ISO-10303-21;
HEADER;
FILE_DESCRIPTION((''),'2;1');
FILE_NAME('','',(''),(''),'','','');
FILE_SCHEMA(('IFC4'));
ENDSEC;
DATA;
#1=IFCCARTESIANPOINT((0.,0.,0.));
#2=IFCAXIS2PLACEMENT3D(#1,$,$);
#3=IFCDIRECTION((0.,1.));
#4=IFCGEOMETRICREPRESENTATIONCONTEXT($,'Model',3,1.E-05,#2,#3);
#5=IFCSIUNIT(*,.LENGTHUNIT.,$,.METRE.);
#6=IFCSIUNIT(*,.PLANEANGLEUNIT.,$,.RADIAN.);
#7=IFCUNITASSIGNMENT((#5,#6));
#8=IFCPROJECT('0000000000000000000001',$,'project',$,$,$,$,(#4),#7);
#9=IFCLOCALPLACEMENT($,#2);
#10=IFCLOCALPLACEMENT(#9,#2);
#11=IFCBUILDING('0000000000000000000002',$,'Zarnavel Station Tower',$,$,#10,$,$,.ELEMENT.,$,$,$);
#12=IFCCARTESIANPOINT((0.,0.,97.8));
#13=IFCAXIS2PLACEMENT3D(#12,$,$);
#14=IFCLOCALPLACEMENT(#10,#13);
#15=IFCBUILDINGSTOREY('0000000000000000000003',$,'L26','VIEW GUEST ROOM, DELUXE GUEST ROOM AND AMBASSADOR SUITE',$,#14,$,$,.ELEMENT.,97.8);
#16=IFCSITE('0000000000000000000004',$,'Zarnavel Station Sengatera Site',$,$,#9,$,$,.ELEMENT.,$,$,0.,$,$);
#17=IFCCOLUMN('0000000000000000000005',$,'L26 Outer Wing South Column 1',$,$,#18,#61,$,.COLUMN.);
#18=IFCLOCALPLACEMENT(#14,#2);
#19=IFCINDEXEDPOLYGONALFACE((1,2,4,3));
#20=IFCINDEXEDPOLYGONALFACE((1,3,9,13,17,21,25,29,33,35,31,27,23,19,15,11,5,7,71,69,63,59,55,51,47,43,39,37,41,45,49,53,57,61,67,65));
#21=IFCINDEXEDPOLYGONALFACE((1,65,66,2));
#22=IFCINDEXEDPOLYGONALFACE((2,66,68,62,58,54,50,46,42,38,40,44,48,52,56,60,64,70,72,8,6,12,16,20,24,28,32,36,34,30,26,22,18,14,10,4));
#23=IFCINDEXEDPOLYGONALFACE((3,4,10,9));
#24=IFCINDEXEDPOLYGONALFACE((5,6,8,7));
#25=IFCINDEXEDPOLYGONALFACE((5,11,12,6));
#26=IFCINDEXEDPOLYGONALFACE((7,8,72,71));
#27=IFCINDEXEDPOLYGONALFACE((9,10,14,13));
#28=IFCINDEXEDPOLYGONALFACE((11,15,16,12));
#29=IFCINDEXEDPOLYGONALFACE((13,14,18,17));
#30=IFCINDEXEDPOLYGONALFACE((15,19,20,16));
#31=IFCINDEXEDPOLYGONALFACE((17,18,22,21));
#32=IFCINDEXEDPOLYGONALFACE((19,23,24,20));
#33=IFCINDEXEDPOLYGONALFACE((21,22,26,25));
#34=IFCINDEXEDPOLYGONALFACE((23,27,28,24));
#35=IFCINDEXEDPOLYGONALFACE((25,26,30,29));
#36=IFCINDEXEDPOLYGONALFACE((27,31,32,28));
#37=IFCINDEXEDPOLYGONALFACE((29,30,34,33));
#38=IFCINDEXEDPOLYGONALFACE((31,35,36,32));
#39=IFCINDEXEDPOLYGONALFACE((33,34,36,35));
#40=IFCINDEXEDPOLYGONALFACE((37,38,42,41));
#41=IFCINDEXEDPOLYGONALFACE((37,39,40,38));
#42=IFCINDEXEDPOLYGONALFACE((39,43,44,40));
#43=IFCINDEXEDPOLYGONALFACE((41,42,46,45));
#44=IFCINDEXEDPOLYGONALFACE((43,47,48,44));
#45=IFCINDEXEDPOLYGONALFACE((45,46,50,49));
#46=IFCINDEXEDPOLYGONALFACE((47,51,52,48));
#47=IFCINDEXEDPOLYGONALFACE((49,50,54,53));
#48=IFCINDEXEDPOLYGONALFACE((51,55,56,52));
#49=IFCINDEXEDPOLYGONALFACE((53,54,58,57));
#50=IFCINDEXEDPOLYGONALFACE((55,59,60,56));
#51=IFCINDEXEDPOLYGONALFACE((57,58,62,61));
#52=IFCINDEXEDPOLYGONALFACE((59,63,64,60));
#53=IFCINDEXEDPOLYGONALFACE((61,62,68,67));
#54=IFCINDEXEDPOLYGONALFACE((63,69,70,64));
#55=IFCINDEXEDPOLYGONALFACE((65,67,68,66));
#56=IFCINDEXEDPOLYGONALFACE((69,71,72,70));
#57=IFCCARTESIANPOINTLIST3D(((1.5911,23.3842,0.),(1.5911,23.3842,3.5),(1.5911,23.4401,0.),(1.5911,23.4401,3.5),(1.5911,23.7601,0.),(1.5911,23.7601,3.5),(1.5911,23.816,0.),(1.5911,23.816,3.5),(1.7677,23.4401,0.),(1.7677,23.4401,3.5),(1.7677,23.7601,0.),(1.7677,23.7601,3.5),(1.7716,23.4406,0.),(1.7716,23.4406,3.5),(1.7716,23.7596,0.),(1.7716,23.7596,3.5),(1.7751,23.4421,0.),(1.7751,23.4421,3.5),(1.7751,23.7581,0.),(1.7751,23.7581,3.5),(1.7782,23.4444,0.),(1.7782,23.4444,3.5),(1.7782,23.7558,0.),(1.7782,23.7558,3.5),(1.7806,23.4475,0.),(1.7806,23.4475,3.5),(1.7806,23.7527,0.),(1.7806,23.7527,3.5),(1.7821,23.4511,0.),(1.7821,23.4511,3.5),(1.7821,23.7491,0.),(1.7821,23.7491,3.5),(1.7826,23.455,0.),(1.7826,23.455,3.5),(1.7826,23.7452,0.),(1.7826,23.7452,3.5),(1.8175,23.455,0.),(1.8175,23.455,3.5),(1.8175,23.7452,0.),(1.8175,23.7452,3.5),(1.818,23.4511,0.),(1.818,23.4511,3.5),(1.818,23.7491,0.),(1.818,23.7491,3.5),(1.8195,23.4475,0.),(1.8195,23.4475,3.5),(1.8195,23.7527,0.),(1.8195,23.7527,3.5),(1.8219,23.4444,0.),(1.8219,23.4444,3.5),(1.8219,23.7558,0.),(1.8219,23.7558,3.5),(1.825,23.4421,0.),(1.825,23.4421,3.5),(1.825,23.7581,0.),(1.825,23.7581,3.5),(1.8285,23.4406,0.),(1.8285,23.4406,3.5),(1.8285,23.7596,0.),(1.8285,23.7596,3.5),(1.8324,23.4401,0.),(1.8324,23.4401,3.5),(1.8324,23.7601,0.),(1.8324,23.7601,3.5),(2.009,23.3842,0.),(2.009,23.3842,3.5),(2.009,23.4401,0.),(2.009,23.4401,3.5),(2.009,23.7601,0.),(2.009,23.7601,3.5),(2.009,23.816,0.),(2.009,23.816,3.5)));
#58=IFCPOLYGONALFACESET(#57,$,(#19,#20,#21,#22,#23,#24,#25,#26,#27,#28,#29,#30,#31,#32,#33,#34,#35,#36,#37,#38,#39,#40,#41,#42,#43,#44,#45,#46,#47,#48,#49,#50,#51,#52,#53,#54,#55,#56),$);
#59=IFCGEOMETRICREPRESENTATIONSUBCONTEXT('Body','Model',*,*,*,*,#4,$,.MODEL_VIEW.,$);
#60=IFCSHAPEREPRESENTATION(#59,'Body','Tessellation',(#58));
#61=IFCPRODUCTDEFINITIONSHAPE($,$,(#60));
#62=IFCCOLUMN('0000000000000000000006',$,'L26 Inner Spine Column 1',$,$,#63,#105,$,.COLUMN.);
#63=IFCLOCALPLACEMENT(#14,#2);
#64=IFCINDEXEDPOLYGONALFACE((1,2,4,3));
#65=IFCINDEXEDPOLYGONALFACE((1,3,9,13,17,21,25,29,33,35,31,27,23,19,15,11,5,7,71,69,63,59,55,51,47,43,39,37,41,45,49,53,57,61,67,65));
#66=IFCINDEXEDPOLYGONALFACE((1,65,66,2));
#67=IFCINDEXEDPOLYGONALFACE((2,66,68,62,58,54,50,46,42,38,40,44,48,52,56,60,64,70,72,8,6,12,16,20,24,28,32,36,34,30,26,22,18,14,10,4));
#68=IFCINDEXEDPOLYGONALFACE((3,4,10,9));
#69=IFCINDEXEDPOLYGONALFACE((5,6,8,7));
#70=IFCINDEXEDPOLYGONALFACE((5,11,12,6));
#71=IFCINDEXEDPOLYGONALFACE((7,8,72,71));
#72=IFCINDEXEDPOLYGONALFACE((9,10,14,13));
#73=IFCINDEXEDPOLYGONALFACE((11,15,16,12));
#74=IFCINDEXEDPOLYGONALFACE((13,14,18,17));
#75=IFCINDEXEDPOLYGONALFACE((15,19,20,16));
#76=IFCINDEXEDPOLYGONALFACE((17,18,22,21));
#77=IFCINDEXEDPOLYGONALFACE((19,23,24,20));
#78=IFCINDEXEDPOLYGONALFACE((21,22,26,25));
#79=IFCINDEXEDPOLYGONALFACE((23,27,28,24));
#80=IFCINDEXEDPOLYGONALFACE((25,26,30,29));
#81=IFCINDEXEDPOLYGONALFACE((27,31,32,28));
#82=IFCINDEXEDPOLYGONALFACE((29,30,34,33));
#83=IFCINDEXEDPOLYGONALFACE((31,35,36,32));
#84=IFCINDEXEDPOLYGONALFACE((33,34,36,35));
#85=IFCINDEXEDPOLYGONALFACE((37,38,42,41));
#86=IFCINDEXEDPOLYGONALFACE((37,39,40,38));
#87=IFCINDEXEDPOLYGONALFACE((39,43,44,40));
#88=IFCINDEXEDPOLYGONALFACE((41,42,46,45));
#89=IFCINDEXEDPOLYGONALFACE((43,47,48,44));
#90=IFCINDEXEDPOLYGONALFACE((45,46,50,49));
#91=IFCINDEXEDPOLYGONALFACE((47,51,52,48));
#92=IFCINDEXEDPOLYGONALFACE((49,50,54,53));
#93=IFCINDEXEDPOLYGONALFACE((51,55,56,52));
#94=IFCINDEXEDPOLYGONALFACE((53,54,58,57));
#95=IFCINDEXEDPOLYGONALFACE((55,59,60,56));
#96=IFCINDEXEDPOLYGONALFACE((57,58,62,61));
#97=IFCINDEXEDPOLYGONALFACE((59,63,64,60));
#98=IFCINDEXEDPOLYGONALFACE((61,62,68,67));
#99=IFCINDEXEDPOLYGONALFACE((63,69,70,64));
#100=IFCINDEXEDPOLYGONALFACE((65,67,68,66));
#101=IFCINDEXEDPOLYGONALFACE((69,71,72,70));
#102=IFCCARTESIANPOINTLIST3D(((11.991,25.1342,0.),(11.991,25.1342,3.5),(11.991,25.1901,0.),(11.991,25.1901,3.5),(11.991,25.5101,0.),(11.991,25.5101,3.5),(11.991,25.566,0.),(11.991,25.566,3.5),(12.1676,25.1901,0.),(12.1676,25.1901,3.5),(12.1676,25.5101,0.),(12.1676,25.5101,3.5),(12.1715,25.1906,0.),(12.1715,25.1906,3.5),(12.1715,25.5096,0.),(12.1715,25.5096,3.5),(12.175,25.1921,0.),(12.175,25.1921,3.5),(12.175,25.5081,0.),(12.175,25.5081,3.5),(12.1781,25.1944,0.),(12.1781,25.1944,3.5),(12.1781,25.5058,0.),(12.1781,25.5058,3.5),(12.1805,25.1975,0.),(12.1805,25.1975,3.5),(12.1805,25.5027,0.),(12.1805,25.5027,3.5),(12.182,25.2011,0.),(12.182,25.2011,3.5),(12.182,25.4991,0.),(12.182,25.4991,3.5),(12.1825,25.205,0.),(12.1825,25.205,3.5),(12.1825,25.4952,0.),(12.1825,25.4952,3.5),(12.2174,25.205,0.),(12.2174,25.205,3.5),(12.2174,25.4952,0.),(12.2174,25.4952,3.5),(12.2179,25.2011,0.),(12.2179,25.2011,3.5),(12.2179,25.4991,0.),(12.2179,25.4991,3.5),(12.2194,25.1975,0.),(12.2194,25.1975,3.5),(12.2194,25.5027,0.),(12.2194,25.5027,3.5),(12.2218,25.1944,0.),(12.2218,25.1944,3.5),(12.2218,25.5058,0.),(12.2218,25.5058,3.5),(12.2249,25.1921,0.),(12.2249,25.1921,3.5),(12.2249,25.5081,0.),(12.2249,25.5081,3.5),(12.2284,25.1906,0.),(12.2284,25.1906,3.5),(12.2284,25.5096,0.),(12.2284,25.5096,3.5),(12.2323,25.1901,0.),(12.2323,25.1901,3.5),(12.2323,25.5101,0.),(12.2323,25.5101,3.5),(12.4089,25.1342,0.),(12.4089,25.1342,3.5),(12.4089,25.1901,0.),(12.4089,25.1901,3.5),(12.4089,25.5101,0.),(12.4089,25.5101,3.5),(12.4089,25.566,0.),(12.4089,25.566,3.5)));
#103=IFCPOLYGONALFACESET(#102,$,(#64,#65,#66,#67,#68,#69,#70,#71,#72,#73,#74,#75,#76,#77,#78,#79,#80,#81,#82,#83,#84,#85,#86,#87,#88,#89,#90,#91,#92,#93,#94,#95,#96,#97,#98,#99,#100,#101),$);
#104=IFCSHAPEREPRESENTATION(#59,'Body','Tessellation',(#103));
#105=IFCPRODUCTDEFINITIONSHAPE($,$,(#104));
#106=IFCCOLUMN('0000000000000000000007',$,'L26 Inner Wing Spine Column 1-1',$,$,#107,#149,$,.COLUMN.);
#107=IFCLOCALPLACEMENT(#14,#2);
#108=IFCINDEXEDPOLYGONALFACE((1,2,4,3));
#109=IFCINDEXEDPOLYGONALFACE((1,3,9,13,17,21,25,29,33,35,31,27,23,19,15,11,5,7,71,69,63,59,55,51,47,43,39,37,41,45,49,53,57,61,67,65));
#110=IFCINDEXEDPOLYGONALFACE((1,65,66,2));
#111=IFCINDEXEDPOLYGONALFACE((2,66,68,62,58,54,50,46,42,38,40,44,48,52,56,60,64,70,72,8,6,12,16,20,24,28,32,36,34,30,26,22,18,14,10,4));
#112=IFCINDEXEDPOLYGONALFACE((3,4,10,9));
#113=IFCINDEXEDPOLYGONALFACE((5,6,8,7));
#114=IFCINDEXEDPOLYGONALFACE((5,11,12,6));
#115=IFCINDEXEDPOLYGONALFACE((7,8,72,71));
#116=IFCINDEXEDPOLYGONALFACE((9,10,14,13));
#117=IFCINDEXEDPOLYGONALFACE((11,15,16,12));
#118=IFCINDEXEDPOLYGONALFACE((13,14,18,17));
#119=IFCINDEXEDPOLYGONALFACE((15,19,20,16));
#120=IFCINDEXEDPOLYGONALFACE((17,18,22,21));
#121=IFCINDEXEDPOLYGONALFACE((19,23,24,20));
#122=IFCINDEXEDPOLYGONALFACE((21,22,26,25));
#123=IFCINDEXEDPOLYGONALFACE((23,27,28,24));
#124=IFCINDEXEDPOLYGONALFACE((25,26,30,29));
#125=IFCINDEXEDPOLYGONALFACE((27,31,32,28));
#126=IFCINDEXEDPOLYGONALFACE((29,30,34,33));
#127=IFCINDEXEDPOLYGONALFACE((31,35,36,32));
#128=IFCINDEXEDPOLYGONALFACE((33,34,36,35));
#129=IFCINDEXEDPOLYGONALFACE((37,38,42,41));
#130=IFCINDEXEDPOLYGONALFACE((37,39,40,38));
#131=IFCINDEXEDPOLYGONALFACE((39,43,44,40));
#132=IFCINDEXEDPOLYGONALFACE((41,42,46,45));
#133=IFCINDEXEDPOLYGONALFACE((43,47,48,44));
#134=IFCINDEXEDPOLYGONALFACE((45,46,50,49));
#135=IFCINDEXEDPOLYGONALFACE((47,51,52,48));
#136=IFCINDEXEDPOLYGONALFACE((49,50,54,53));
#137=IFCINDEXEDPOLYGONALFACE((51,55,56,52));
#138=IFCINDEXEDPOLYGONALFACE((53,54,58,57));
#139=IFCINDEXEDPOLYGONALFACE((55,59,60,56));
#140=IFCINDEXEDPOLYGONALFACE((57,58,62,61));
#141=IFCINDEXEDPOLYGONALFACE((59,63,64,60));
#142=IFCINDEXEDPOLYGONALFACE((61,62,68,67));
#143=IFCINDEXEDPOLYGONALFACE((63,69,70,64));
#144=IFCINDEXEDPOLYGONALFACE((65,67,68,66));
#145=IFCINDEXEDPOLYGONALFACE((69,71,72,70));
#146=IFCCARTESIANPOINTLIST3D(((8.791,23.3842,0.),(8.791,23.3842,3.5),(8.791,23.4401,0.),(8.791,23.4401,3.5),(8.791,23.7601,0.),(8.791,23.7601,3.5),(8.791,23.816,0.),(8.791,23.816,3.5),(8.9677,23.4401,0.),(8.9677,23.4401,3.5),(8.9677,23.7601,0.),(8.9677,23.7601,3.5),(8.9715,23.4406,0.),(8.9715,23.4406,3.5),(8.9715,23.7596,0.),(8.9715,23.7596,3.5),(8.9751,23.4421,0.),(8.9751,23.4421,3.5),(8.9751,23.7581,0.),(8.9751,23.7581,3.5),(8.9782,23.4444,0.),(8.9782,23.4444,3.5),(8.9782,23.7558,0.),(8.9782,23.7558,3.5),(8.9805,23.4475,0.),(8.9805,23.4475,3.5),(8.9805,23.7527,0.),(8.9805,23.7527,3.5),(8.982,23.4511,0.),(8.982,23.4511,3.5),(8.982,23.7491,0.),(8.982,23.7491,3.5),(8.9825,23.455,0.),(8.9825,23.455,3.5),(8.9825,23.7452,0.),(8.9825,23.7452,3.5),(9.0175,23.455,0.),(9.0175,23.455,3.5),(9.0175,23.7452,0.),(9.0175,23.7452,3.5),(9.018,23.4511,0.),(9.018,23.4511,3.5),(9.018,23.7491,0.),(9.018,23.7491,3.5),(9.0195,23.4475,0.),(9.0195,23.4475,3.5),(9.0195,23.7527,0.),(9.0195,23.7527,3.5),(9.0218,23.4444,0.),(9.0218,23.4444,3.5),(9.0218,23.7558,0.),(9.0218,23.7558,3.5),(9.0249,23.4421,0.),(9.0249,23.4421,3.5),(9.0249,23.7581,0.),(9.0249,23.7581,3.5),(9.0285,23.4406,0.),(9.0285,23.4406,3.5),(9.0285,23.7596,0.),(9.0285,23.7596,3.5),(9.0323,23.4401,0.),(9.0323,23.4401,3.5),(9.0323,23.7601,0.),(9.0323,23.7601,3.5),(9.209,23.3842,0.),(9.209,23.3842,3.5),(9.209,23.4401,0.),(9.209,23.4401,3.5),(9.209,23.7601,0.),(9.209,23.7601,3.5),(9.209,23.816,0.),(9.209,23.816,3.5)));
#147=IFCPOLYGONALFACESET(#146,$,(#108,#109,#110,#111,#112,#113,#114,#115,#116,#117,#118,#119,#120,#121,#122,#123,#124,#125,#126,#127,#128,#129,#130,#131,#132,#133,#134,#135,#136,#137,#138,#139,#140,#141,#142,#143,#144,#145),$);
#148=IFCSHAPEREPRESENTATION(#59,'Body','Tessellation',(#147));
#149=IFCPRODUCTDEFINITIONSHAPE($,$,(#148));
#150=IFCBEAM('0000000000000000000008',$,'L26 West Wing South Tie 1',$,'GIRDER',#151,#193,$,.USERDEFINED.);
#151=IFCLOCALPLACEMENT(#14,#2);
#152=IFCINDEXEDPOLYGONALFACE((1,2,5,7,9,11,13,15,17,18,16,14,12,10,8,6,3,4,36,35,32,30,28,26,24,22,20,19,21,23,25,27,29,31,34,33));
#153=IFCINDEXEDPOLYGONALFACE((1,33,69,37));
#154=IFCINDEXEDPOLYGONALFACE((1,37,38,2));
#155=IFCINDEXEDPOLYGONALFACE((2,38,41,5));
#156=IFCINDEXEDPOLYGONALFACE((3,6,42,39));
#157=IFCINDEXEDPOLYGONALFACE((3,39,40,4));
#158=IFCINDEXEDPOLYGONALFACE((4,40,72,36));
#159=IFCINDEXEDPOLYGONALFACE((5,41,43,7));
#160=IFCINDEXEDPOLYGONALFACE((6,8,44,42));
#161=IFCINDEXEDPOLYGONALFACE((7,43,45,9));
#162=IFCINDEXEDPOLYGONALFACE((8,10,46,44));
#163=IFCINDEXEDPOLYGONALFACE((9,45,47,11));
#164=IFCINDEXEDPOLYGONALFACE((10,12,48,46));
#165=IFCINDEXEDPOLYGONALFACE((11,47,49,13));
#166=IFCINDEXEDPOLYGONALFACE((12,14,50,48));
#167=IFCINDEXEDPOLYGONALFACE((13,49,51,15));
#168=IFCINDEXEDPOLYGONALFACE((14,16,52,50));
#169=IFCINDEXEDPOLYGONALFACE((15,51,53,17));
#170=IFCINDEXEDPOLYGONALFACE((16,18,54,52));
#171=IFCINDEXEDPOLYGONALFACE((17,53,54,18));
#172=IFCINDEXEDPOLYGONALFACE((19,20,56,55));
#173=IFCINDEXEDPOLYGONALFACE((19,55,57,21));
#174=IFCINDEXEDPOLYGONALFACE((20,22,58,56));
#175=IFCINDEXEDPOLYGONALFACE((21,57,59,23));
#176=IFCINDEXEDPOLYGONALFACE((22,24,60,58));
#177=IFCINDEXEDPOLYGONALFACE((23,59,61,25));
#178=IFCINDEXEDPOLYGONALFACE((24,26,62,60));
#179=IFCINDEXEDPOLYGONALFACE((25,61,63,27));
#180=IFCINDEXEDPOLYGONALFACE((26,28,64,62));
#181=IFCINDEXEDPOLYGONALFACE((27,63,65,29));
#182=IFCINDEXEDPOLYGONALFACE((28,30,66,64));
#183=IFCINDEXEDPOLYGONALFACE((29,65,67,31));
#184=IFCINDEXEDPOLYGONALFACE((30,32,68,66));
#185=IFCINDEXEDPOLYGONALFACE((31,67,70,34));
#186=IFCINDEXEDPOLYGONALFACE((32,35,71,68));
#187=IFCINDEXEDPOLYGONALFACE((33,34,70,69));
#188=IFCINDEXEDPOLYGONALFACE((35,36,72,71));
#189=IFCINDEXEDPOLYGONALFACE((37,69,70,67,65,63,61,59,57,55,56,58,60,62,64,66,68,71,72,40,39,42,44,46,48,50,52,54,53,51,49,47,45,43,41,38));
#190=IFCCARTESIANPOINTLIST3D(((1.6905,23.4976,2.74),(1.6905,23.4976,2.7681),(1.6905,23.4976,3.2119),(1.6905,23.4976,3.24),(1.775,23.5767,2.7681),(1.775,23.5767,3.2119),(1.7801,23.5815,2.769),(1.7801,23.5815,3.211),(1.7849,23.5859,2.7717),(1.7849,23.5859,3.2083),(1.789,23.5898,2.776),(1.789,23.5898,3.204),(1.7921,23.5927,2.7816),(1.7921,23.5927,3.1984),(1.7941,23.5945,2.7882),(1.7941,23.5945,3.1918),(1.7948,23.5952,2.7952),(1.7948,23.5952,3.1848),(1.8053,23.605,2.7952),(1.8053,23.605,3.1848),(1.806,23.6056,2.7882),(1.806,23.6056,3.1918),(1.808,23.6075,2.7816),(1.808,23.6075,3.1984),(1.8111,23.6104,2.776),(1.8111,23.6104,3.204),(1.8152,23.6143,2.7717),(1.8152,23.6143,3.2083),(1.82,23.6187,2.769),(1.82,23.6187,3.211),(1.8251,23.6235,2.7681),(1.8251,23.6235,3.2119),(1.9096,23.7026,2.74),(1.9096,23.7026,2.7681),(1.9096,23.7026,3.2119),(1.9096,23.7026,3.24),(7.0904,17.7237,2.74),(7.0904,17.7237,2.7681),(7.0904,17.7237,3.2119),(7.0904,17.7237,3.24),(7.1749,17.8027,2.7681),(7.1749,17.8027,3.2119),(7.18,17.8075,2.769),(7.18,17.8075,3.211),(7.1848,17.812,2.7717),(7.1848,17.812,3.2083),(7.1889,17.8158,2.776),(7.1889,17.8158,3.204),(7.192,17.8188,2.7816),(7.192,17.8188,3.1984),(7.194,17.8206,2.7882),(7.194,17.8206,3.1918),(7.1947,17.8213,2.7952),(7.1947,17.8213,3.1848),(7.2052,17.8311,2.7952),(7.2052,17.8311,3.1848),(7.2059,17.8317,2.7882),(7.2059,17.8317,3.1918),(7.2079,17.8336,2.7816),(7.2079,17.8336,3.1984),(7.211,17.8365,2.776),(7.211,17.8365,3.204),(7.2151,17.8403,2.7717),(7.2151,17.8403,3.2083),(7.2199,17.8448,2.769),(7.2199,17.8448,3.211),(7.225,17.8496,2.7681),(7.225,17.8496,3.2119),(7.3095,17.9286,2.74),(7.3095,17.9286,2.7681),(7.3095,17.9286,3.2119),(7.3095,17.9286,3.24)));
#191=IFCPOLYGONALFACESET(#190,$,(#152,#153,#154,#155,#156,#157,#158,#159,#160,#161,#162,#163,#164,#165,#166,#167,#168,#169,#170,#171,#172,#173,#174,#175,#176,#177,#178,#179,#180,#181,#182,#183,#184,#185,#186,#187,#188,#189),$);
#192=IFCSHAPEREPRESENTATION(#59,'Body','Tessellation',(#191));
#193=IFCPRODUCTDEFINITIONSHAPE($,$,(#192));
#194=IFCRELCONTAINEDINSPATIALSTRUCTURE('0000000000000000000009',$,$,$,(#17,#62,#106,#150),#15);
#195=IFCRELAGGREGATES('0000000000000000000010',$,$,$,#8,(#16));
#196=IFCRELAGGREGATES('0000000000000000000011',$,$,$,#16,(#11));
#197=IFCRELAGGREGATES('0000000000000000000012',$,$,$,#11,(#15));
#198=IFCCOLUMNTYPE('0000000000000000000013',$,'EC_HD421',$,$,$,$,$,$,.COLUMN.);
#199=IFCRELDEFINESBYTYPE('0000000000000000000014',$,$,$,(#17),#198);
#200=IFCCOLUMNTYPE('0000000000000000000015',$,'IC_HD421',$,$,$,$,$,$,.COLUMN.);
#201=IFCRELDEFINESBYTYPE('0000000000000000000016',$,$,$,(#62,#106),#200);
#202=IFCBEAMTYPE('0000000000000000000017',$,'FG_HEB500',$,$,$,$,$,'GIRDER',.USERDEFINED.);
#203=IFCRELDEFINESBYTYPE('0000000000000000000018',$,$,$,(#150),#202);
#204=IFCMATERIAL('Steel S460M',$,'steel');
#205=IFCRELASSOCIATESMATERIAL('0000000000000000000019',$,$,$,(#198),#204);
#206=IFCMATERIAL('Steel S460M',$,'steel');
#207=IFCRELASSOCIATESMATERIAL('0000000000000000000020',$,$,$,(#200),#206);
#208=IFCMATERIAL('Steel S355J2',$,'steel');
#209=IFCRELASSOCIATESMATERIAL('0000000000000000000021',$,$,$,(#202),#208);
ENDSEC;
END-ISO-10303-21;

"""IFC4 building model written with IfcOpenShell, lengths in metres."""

from ifc_helpers import new_model, si_unit, direction, frame, origin, origin_2d, place, context, subcontext, project, spatial, i_section, extrude, material, material_profile, profile_set, type_object, element, save


model = new_model("IFC4")

# Units and contexts
model_context = context("Model", 3, precision=1e-05, world=origin(), true_north=direction((0.0, 1.0)))
body_context = subcontext(model_context, "Body", "Model", "MODEL_VIEW")
ifc_project = project(units=[si_unit("LENGTHUNIT", "METRE"), si_unit("PLANEANGLEUNIT", "RADIAN")], contexts=[model_context])

# Site, building, storey
site_placement = place(None, origin())
site = spatial("IfcSite", under=ifc_project, at=site_placement, Name="Zarnavel Station Sengatera Site", CompositionType="ELEMENT", RefElevation=0.0)
building_placement = place(site_placement, origin())
building = spatial("IfcBuilding", under=site, at=building_placement, Name="Zarnavel Station Tower", CompositionType="ELEMENT")
storey_placement = place(building_placement, frame((0.0, 0.0, 97.8)))
storey = spatial("IfcBuildingStorey", under=building, at=storey_placement, Name="L26", Description="VIEW GUEST ROOM, DELUXE GUEST ROOM AND AMBASSADOR SUITE", CompositionType="ELEMENT", Elevation=97.8)

# Columns
ifc_material_1 = material(Name="Steel S460M", Category="steel")
ifc_material_profile_1 = material_profile(ifc_material_1, i_section(OverallWidth=0.418, OverallDepth=0.4319, WebThickness=0.0349, FlangeThickness=0.0559, FilletRadius=0.0149, at=origin_2d()), Name="HD400x421")
ifc_profile_set_1 = profile_set([ifc_material_profile_1], Name="Steel S460M")
column_type_1 = type_object("IfcColumnType", Name="EC_HD421", PredefinedType="COLUMN", material=ifc_profile_set_1)
column_placement = place(storey_placement, frame((1.8, 23.6001, 0.0), z_axis=(0.0, 0.0, 1.0), x_axis=(1.0, 0.0, 0.0)))
element("IfcColumn", 1, at=column_placement, inside=storey, type_object=column_type_1, Name="L26 Outer Wing South Column 1", PredefinedType="COLUMN", context=body_context, shape_type="SweptSolid", body=[
    extrude(i_section(OverallWidth=0.418, OverallDepth=0.4319, WebThickness=0.0349, FlangeThickness=0.0559, FilletRadius=0.0149, at=origin_2d()), origin(), (0.0, 0.0, 1.0), 3.5),
])
ifc_material_2 = material(Name="Steel S460M", Category="steel")
ifc_material_profile_2 = material_profile(ifc_material_2, i_section(OverallWidth=0.418, OverallDepth=0.4319, WebThickness=0.0349, FlangeThickness=0.0559, FilletRadius=0.0149, at=origin_2d()), Name="HD400x421")
ifc_profile_set_2 = profile_set([ifc_material_profile_2], Name="Steel S460M")
column_type_2 = type_object("IfcColumnType", Name="IC_HD421", PredefinedType="COLUMN", material=ifc_profile_set_2)
for number, where, z_axis, x_axis, name in (
    (2, (12.2, 25.3501, 0.0), (0.0, 0.0, 1.0), (1.0, 0.0, 0.0), "L26 Inner Spine Column 1"),
    (3, (9.0, 23.6001, 0.0), (0.0, 0.0, 1.0), (1.0, 0.0, 0.0), "L26 Inner Wing Spine Column 1-1"),
):
    element("IfcColumn", number, at=place(storey_placement, frame(where, z_axis=z_axis, x_axis=x_axis)), inside=storey, type_object=column_type_2, Name=name, PredefinedType="COLUMN", context=body_context, shape_type="SweptSolid", body=[
        extrude(i_section(OverallWidth=0.418, OverallDepth=0.4319, WebThickness=0.0349, FlangeThickness=0.0559, FilletRadius=0.0149, at=origin_2d()), origin(), (0.0, 0.0, 1.0), 3.5),
    ])

# Beam
ifc_material_3 = material(Name="Steel S355J2", Category="steel")
ifc_material_profile_3 = material_profile(ifc_material_3, i_section(OverallWidth=0.3, OverallDepth=0.5, WebThickness=0.0144, FlangeThickness=0.0281, FilletRadius=0.0271, at=origin_2d()), Name="HEB500")
ifc_profile_set_3 = profile_set([ifc_material_profile_3], Name="Steel S355J2")
beam_type_1 = type_object("IfcBeamType", Name="FG_HEB500", ElementType="GIRDER", PredefinedType="USERDEFINED", material=ifc_profile_set_3)
beam_1_placement = place(storey_placement, frame((1.8, 23.6001, 2.99), z_axis=(0.683055, -0.730367, 0.0), x_axis=(0.730367, 0.683055, 0.0)))
element("IfcBeam", 4, at=beam_1_placement, inside=storey, type_object=beam_type_1, Name="L26 West Wing South Tie 1", ObjectType="GIRDER", PredefinedType="USERDEFINED", context=body_context, shape_type="SweptSolid", body=[
    extrude(i_section(OverallWidth=0.3, OverallDepth=0.5, WebThickness=0.0144, FlangeThickness=0.0281, FilletRadius=0.0271, at=origin_2d()), origin(), (0.0, 0.0, 1.0), 7.9055),
])

save(model, "model.ifc")
